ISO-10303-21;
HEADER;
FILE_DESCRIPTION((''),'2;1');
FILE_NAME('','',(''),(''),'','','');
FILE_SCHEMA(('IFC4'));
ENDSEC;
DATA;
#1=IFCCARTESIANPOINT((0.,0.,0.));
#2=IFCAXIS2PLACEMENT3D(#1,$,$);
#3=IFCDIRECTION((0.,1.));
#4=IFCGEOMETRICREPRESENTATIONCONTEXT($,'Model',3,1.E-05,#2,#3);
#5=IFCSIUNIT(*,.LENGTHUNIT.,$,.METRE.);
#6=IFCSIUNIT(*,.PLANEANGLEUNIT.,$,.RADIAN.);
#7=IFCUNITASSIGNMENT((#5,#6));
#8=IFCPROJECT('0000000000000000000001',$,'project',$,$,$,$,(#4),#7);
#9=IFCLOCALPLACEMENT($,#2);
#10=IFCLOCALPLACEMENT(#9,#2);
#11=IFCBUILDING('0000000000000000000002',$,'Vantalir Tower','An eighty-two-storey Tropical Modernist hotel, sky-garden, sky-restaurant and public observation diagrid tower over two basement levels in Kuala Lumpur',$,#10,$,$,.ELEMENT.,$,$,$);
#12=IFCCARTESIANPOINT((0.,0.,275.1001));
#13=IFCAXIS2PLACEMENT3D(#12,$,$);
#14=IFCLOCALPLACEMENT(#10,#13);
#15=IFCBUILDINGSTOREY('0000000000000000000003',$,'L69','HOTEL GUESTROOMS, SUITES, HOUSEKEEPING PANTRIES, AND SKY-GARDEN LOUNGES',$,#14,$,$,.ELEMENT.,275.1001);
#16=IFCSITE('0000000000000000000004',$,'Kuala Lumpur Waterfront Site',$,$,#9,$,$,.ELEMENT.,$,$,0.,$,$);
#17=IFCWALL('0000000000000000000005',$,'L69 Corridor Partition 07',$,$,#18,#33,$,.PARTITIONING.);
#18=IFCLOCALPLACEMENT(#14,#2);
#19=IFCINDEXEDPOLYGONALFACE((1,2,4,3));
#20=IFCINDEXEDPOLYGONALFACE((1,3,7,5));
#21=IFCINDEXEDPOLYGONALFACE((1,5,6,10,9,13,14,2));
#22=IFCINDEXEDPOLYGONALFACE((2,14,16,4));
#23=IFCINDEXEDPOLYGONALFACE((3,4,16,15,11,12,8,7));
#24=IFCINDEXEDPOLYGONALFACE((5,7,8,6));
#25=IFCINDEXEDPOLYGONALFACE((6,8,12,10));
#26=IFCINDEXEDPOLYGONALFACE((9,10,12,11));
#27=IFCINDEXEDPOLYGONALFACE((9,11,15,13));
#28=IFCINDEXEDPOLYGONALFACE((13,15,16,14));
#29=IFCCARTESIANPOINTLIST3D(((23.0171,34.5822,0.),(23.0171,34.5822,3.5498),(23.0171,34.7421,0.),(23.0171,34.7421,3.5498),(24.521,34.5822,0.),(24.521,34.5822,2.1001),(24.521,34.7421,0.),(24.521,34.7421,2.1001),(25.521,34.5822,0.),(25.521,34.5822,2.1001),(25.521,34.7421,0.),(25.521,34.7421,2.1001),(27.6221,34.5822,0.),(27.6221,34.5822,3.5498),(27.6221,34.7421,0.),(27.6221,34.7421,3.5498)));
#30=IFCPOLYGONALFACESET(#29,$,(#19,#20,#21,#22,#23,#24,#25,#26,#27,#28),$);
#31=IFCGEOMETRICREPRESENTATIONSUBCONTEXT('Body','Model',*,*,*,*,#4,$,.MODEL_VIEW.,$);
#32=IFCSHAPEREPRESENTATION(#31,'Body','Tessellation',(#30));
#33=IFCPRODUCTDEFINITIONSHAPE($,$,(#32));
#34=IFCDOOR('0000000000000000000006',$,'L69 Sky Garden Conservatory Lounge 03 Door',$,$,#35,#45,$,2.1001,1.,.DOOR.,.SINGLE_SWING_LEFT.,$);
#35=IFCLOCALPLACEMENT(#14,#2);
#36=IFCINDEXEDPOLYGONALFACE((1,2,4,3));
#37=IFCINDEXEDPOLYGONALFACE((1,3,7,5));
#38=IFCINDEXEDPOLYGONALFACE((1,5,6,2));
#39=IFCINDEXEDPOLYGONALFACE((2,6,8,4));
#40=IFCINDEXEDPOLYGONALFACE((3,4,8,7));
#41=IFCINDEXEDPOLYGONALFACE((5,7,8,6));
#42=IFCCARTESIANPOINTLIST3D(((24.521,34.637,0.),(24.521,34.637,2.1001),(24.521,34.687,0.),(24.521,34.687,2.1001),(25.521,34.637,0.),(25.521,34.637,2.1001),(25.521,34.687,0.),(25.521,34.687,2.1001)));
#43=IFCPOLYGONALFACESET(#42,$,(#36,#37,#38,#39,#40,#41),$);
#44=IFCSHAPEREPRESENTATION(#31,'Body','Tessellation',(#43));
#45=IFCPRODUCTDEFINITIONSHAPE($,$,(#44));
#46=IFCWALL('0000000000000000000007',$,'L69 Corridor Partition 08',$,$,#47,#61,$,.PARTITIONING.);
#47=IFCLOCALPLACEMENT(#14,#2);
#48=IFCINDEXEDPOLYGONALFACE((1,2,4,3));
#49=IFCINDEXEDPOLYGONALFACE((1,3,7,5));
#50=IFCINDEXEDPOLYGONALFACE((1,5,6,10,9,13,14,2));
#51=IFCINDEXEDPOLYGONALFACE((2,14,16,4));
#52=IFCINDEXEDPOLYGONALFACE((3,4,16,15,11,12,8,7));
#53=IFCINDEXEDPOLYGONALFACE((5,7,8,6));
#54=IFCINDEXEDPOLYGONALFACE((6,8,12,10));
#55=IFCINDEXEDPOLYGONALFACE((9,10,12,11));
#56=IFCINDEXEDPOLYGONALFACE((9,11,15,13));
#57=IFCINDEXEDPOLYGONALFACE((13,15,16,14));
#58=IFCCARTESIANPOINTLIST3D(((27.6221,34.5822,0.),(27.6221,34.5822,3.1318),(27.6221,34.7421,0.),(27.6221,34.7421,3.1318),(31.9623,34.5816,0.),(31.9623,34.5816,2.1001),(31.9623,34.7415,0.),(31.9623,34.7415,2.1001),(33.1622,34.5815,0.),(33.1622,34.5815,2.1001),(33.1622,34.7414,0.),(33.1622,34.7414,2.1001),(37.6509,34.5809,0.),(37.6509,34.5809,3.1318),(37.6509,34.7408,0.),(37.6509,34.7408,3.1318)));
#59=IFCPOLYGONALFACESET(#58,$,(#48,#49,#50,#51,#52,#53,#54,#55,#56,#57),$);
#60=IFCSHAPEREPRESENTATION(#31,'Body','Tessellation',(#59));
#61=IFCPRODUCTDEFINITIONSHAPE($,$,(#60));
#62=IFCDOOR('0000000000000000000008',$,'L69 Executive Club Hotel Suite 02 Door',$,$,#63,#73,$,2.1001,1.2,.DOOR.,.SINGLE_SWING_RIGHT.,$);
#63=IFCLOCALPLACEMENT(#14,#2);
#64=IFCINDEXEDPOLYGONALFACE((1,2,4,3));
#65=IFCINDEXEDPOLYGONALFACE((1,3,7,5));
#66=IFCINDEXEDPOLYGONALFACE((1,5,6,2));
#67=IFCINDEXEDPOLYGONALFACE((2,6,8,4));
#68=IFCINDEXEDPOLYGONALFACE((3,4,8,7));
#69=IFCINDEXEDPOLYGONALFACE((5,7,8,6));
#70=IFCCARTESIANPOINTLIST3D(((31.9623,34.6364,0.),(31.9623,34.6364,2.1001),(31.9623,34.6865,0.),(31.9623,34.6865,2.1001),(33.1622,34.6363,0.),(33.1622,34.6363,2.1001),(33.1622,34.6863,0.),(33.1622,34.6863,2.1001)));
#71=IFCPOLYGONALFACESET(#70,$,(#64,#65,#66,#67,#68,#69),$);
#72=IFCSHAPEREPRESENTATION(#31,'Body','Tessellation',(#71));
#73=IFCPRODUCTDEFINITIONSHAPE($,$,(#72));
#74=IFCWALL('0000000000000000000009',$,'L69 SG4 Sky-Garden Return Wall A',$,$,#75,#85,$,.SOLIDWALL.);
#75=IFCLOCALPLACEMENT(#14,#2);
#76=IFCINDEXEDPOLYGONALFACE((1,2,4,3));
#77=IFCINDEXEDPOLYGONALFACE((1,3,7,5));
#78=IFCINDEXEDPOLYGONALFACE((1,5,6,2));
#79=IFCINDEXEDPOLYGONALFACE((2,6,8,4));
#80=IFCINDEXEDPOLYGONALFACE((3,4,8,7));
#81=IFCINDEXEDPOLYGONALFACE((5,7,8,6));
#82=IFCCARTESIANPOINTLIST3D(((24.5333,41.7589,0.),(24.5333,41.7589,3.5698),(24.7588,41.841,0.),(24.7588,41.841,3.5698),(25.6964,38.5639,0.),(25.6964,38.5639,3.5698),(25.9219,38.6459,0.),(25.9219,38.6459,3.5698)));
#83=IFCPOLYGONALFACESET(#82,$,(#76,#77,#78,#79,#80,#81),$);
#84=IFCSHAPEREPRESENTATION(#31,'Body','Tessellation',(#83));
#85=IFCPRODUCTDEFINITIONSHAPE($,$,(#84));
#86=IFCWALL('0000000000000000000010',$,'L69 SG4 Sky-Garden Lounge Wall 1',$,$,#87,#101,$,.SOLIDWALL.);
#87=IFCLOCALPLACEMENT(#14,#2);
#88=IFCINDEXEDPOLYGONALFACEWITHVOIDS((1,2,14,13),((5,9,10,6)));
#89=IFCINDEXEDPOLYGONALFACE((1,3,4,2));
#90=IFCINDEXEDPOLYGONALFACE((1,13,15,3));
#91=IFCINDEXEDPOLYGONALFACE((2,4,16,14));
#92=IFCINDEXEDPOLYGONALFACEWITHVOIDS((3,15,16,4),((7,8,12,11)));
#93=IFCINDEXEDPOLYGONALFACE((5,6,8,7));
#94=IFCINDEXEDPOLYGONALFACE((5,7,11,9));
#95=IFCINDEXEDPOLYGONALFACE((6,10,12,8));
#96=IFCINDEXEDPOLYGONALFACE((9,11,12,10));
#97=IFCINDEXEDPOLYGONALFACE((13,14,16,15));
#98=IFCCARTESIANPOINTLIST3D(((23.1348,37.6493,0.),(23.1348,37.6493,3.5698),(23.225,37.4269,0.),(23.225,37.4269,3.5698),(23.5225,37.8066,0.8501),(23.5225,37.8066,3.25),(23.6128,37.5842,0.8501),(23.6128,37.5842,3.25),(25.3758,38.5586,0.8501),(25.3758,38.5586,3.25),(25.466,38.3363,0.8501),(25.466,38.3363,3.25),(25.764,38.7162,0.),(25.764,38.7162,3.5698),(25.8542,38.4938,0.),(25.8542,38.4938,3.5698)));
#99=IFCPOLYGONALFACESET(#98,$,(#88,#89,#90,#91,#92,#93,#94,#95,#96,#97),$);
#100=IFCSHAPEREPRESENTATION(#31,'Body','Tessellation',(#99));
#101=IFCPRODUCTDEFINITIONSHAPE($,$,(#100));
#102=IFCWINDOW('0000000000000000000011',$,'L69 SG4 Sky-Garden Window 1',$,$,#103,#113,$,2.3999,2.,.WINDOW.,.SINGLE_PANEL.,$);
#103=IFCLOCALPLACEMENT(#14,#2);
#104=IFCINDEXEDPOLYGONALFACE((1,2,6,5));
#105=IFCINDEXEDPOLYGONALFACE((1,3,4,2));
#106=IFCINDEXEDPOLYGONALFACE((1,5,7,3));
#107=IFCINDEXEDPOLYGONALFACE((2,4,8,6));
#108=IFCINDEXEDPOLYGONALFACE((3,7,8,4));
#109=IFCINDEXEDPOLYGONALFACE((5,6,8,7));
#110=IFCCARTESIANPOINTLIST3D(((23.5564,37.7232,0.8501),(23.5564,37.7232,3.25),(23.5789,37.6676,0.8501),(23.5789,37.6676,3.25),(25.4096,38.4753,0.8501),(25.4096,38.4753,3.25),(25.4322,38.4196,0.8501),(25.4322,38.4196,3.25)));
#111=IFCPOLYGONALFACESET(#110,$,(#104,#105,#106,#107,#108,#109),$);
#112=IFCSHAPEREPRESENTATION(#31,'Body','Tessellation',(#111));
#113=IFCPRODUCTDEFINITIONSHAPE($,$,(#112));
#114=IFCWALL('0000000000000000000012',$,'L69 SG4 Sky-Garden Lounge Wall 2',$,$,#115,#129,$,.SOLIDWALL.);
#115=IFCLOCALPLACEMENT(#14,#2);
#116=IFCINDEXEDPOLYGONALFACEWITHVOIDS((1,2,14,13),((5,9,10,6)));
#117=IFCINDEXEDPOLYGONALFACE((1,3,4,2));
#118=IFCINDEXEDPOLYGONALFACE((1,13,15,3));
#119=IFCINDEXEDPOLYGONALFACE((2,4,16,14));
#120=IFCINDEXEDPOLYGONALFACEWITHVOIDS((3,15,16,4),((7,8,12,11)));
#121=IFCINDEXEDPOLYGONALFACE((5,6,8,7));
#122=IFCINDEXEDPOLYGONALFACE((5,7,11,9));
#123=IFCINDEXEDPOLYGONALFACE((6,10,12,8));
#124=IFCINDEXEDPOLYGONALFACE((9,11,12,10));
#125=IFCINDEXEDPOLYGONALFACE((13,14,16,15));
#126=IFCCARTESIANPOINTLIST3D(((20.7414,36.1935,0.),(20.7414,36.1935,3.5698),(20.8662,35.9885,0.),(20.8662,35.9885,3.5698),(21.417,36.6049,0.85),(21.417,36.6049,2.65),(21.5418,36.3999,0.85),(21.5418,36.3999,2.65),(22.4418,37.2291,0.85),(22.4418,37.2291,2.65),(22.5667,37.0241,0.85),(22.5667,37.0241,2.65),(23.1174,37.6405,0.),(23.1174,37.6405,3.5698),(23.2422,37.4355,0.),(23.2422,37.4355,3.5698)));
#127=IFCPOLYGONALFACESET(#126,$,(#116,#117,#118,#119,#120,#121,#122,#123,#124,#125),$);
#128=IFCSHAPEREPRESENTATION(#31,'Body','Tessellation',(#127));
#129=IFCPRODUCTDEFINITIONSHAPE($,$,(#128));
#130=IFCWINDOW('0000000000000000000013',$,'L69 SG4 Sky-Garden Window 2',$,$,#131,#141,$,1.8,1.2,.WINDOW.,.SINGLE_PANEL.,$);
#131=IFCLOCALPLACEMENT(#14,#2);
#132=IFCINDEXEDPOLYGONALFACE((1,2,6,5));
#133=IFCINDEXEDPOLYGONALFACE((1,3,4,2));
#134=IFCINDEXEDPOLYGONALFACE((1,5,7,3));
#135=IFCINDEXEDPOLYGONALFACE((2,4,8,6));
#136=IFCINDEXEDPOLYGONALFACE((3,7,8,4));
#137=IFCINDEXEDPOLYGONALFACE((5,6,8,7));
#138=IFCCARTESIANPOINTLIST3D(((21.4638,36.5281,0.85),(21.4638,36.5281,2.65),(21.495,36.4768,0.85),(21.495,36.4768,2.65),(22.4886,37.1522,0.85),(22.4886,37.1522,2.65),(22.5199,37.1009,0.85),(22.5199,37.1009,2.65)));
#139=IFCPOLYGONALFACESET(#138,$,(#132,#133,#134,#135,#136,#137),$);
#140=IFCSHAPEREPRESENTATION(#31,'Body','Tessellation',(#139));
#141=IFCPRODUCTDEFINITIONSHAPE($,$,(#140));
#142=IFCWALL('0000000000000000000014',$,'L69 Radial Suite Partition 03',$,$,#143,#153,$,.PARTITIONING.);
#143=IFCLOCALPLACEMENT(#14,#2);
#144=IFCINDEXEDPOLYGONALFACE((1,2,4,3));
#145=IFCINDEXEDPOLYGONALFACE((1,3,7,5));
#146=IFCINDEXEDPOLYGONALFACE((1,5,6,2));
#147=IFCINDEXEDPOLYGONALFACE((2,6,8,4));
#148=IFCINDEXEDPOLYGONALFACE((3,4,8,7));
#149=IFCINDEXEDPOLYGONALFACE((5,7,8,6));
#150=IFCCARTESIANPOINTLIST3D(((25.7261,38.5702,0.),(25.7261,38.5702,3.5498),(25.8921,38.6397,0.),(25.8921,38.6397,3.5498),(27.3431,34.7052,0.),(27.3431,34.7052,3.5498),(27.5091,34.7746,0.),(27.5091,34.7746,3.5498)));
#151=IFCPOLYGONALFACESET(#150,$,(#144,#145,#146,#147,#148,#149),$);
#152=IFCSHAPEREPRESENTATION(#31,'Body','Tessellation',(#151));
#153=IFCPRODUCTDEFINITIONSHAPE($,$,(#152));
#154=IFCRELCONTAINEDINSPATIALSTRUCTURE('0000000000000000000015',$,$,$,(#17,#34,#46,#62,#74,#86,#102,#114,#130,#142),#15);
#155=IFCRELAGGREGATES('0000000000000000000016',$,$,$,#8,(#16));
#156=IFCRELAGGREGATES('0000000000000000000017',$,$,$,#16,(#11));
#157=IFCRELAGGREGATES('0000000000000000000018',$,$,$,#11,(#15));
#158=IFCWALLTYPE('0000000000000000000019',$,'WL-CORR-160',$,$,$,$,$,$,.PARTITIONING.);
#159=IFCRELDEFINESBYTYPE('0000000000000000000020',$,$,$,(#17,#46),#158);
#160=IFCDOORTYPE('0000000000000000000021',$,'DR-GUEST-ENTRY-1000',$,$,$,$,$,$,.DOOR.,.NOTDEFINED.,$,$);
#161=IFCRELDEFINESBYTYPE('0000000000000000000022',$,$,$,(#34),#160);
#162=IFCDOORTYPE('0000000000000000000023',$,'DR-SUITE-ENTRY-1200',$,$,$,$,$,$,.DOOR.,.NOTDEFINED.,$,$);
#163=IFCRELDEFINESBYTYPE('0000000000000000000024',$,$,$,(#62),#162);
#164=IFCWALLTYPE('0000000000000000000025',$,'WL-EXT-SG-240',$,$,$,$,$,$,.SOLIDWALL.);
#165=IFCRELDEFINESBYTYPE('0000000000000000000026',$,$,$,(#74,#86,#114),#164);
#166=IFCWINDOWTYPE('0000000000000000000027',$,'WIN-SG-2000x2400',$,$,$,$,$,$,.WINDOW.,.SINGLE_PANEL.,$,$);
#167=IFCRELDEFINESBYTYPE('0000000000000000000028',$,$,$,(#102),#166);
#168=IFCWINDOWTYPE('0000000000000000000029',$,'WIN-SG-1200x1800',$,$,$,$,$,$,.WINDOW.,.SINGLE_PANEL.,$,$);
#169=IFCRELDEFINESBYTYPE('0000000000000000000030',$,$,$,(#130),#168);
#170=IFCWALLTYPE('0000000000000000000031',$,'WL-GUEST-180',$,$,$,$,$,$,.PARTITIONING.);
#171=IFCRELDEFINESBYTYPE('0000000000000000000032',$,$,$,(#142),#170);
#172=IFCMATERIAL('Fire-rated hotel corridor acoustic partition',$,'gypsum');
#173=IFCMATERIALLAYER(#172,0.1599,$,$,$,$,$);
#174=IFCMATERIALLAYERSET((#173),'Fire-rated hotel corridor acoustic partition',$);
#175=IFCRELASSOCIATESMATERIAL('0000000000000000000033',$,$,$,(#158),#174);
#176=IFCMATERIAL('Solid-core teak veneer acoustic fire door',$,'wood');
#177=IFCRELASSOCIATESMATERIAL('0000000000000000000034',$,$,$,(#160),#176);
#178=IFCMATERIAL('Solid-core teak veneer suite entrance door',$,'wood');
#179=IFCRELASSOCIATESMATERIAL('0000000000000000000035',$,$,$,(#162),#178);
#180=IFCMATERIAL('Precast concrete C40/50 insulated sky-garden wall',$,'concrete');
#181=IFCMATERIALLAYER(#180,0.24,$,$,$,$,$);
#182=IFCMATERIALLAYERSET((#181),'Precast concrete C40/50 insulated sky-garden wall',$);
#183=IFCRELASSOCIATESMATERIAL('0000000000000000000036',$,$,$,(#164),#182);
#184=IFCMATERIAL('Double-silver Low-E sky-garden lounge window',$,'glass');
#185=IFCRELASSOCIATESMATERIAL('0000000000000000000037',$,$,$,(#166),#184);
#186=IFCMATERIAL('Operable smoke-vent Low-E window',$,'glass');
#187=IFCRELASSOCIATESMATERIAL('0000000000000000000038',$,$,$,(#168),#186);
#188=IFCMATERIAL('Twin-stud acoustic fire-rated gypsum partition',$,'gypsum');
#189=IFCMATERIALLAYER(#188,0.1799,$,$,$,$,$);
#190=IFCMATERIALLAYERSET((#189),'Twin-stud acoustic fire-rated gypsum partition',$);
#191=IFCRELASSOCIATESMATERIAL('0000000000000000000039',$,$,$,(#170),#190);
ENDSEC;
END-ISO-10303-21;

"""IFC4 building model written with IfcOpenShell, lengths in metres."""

from ifc_helpers import new_model, si_unit, direction, frame, frame_2d, origin, place, context, subcontext, project, spatial, rectangle, extrude, material, layer, layer_set, type_object, element, fill, save


model = new_model("IFC4")

# Units and contexts
model_context = context("Model", 3, precision=1e-05, world=origin(), true_north=direction((0.0, 1.0)))
body_context = subcontext(model_context, "Body", "Model", "MODEL_VIEW")
ifc_project = project(units=[si_unit("LENGTHUNIT", "METRE"), si_unit("PLANEANGLEUNIT", "RADIAN")], contexts=[model_context])

# Site, building, storey
site_placement = place(None, origin())
site = spatial("IfcSite", under=ifc_project, at=site_placement, Name="Kuala Lumpur Waterfront Site", CompositionType="ELEMENT", RefElevation=0.0)
building_placement = place(site_placement, origin())
building = spatial("IfcBuilding", under=site, at=building_placement, Name="Vantalir Tower", Description="An eighty-two-storey Tropical Modernist hotel, sky-garden, sky-restaurant and public observation diagrid tower over two basement levels in Kuala Lumpur", CompositionType="ELEMENT")
storey_placement = place(building_placement, frame((0.0, 0.0, 275.1001)))
storey = spatial("IfcBuildingStorey", under=building, at=storey_placement, Name="L69", Description="HOTEL GUESTROOMS, SUITES, HOUSEKEEPING PANTRIES, AND SKY-GARDEN LOUNGES", CompositionType="ELEMENT", Elevation=275.1001)

# Shared definitions
ifc_material_1 = material(Name="Fire-rated hotel corridor acoustic partition", Category="gypsum")
ifc_layer_1 = layer(ifc_material_1, 0.1599)
ifc_layer_set_1 = layer_set([ifc_layer_1], Name="Fire-rated hotel corridor acoustic partition")
wall_type_1 = type_object("IfcWallType", Name="WL-CORR-160", PredefinedType="PARTITIONING", material=ifc_layer_set_1)

# Walls, openings, doors
wall_1_placement = place(storey_placement, frame((23.0171, 34.6621, 0.0), z_axis=(0.0, 0.0, 1.0), x_axis=(1.0, 0.0, 0.0)))
wall_1 = element("IfcWall", 1, at=wall_1_placement, inside=storey, type_object=wall_type_1, Name="L69 Corridor Partition 07", PredefinedType="PARTITIONING", context=body_context, shape_type="SweptSolid", body=[
    extrude(rectangle(XDim=4.605, YDim=0.1599, at=frame_2d((2.3025, 0.0))), origin(), (0.0, 0.0, 1.0), 3.5498),
])
opening_1_placement = place(wall_1_placement, frame((1.5039, 0.0, 0.0)))
opening_1 = element("IfcOpeningElement", 2, at=opening_1_placement, cuts=wall_1, PredefinedType="OPENING", context=body_context, shape_type="SweptSolid", body=[
    extrude(rectangle(XDim=1.0, YDim=2.1001, at=frame_2d((0.5, 1.05))), frame((0.0, 0.0898, 0.0), z_axis=(0.0, -1.0, 0.0), x_axis=(1.0, 0.0, 0.0)), (0.0, 0.0, 1.0), 0.1799),
])
ifc_material_2 = material(Name="Solid-core teak veneer acoustic fire door", Category="wood")
door_type_1 = type_object("IfcDoorType", Name="DR-GUEST-ENTRY-1000", OperationType="NOTDEFINED", PredefinedType="DOOR", material=ifc_material_2)
door_1_placement = place(opening_1_placement, origin())
door_1 = element("IfcDoor", 3, at=door_1_placement, inside=storey, type_object=door_type_1, Name="L69 Sky Garden Conservatory Lounge 03 Door", OperationType="SINGLE_SWING_LEFT", OverallHeight=2.1001, OverallWidth=1.0, PredefinedType="DOOR", context=body_context, shape_type="SweptSolid", body=[
    extrude(rectangle(XDim=1.0, YDim=2.1001, at=frame_2d((0.5, 1.05))), frame((0.0, 0.0249, 0.0), z_axis=(0.0, -1.0, 0.0), x_axis=(1.0, 0.0, 0.0)), (0.0, 0.0, 1.0), 0.05),
])
fill(opening_1, door_1)
wall_2_placement = place(storey_placement, frame((27.6221, 34.6621, 0.0), z_axis=(0.0, 0.0, 1.0), x_axis=(1.0, -0.000122, 0.0)))
wall_2 = element("IfcWall", 4, at=wall_2_placement, inside=storey, type_object=wall_type_1, Name="L69 Corridor Partition 08", PredefinedType="PARTITIONING", context=body_context, shape_type="SweptSolid", body=[
    extrude(rectangle(XDim=10.0288, YDim=0.1599, at=frame_2d((5.0144, 0.0))), origin(), (0.0, 0.0, 1.0), 3.1318),
])
opening_2_placement = place(wall_2_placement, frame((4.3401, 0.0, 0.0)))
opening_2 = element("IfcOpeningElement", 5, at=opening_2_placement, cuts=wall_2, PredefinedType="OPENING", context=body_context, shape_type="SweptSolid", body=[
    extrude(rectangle(XDim=1.2, YDim=2.1001, at=frame_2d((0.6001, 1.05))), frame((0.0, 0.0898, 0.0), z_axis=(0.0, -1.0, 0.0), x_axis=(1.0, 0.0, 0.0)), (0.0, 0.0, 1.0), 0.1799),
])
ifc_material_3 = material(Name="Solid-core teak veneer suite entrance door", Category="wood")
door_type_2 = type_object("IfcDoorType", Name="DR-SUITE-ENTRY-1200", OperationType="NOTDEFINED", PredefinedType="DOOR", material=ifc_material_3)
door_2_placement = place(opening_2_placement, origin())
door_2 = element("IfcDoor", 6, at=door_2_placement, inside=storey, type_object=door_type_2, Name="L69 Executive Club Hotel Suite 02 Door", OperationType="SINGLE_SWING_RIGHT", OverallHeight=2.1001, OverallWidth=1.2, PredefinedType="DOOR", context=body_context, shape_type="SweptSolid", body=[
    extrude(rectangle(XDim=1.2, YDim=2.1001, at=frame_2d((0.6001, 1.05))), frame((0.0, 0.0249, 0.0), z_axis=(0.0, -1.0, 0.0), x_axis=(1.0, 0.0, 0.0)), (0.0, 0.0, 1.0), 0.05),
])
fill(opening_2, door_2)

# Wall
ifc_material_4 = material(Name="Precast concrete C40/50 insulated sky-garden wall", Category="concrete")
ifc_layer_2 = layer(ifc_material_4, 0.24)
ifc_layer_set_2 = layer_set([ifc_layer_2], Name="Precast concrete C40/50 insulated sky-garden wall")
wall_type_2 = type_object("IfcWallType", Name="WL-EXT-SG-240", PredefinedType="SOLIDWALL", material=ifc_layer_set_2)
wall_3_placement = place(storey_placement, frame((24.646, 41.8, 0.0), z_axis=(0.0, 0.0, 1.0), x_axis=(0.342066, -0.939676, 0.0)))
element("IfcWall", 7, at=wall_3_placement, inside=storey, type_object=wall_type_2, Name="L69 SG4 Sky-Garden Return Wall A", PredefinedType="SOLIDWALL", context=body_context, shape_type="SweptSolid", body=[
    extrude(rectangle(XDim=3.4001, YDim=0.24, at=frame_2d((1.7002, 0.0))), origin(), (0.0, 0.0, 1.0), 3.5698),
])

# Walls, openings, windows
wall_4_placement = place(storey_placement, frame((25.8091, 38.605, 0.0), z_axis=(0.0, 0.0, 1.0), x_axis=(-0.926614, -0.376015, 0.0)))
wall_4 = element("IfcWall", 8, at=wall_4_placement, inside=storey, type_object=wall_type_2, Name="L69 SG4 Sky-Garden Lounge Wall 1", PredefinedType="SOLIDWALL", context=body_context, shape_type="SweptSolid", body=[
    extrude(rectangle(XDim=2.8374, YDim=0.24, at=frame_2d((1.4187, 0.0))), origin(), (0.0, 0.0, 1.0), 3.5698),
])
opening_3_placement = place(wall_4_placement, frame((0.4189, 0.0, 0.8501)))
opening_3 = element("IfcOpeningElement", 9, at=opening_3_placement, cuts=wall_4, PredefinedType="OPENING", context=body_context, shape_type="SweptSolid", body=[
    extrude(rectangle(XDim=2.0, YDim=2.3999, at=frame_2d((1.0, 1.2))), frame((0.0, 0.1299, 0.0), z_axis=(0.0, -1.0, 0.0), x_axis=(1.0, 0.0, 0.0)), (0.0, 0.0, 1.0), 0.26),
])
ifc_material_5 = material(Name="Double-silver Low-E sky-garden lounge window", Category="glass")
window_type_1 = type_object("IfcWindowType", Name="WIN-SG-2000x2400", PartitioningType="SINGLE_PANEL", PredefinedType="WINDOW", material=ifc_material_5)
window_1_placement = place(opening_3_placement, origin())
window_1 = element("IfcWindow", 10, at=window_1_placement, inside=storey, type_object=window_type_1, Name="L69 SG4 Sky-Garden Window 1", OverallHeight=2.3999, OverallWidth=2.0, PartitioningType="SINGLE_PANEL", PredefinedType="WINDOW", context=body_context, shape_type="SweptSolid", body=[
    extrude(rectangle(XDim=2.0, YDim=2.3999, at=frame_2d((1.0, 1.2))), frame((0.0, 0.03, 0.0), z_axis=(0.0, -1.0, 0.0), x_axis=(1.0, 0.0, 0.0)), (0.0, 0.0, 1.0), 0.0601),
])
fill(opening_3, window_1)
wall_5_placement = place(storey_placement, frame((23.1799, 37.5381, 0.0), z_axis=(0.0, 0.0, 1.0), x_axis=(-0.854075, -0.52015, 0.0)))
wall_5 = element("IfcWall", 11, at=wall_5_placement, inside=storey, type_object=wall_type_2, Name="L69 SG4 Sky-Garden Lounge Wall 2", PredefinedType="SOLIDWALL", context=body_context, shape_type="SweptSolid", body=[
    extrude(rectangle(XDim=2.782, YDim=0.24, at=frame_2d((1.3911, 0.0))), origin(), (0.0, 0.0, 1.0), 3.5698),
])
opening_4_placement = place(wall_5_placement, frame((0.791, 0.0, 0.8501)))
opening_4 = element("IfcOpeningElement", 12, at=opening_4_placement, cuts=wall_5, PredefinedType="OPENING", context=body_context, shape_type="SweptSolid", body=[
    extrude(rectangle(XDim=1.2, YDim=1.8, at=frame_2d((0.6001, 0.8999))), frame((0.0, 0.1299, 0.0), z_axis=(0.0, -1.0, 0.0), x_axis=(1.0, 0.0, 0.0)), (0.0, 0.0, 1.0), 0.26),
])
ifc_material_6 = material(Name="Operable smoke-vent Low-E window", Category="glass")
window_type_2 = type_object("IfcWindowType", Name="WIN-SG-1200x1800", PartitioningType="SINGLE_PANEL", PredefinedType="WINDOW", material=ifc_material_6)
window_2_placement = place(opening_4_placement, origin())
window_2 = element("IfcWindow", 13, at=window_2_placement, inside=storey, type_object=window_type_2, Name="L69 SG4 Sky-Garden Window 2", OverallHeight=1.8, OverallWidth=1.2, PartitioningType="SINGLE_PANEL", PredefinedType="WINDOW", context=body_context, shape_type="SweptSolid", body=[
    extrude(rectangle(XDim=1.2, YDim=1.8, at=frame_2d((0.6001, 0.8999))), frame((0.0, 0.03, 0.0), z_axis=(0.0, -1.0, 0.0), x_axis=(1.0, 0.0, 0.0)), (0.0, 0.0, 1.0), 0.0601),
])
fill(opening_4, window_2)

# Wall
ifc_material_7 = material(Name="Twin-stud acoustic fire-rated gypsum partition", Category="gypsum")
ifc_layer_3 = layer(ifc_material_7, 0.1799)
ifc_layer_set_3 = layer_set([ifc_layer_3], Name="Twin-stud acoustic fire-rated gypsum partition")
wall_type_3 = type_object("IfcWallType", Name="WL-GUEST-180", PredefinedType="PARTITIONING", material=ifc_layer_set_3)
wall_6_placement = place(storey_placement, frame((27.426, 34.74, 0.0), z_axis=(0.0, 0.0, 1.0), x_axis=(-0.385943, 0.922523, 0.0)))
element("IfcWall", 14, at=wall_6_placement, inside=storey, type_object=wall_type_3, Name="L69 Radial Suite Partition 03", PredefinedType="PARTITIONING", context=body_context, shape_type="SweptSolid", body=[
    extrude(rectangle(XDim=4.1897, YDim=0.1799, at=frame_2d((2.0947, 0.0))), origin(), (0.0, 0.0, 1.0), 3.5498),
])

save(model, "model.ifc")
